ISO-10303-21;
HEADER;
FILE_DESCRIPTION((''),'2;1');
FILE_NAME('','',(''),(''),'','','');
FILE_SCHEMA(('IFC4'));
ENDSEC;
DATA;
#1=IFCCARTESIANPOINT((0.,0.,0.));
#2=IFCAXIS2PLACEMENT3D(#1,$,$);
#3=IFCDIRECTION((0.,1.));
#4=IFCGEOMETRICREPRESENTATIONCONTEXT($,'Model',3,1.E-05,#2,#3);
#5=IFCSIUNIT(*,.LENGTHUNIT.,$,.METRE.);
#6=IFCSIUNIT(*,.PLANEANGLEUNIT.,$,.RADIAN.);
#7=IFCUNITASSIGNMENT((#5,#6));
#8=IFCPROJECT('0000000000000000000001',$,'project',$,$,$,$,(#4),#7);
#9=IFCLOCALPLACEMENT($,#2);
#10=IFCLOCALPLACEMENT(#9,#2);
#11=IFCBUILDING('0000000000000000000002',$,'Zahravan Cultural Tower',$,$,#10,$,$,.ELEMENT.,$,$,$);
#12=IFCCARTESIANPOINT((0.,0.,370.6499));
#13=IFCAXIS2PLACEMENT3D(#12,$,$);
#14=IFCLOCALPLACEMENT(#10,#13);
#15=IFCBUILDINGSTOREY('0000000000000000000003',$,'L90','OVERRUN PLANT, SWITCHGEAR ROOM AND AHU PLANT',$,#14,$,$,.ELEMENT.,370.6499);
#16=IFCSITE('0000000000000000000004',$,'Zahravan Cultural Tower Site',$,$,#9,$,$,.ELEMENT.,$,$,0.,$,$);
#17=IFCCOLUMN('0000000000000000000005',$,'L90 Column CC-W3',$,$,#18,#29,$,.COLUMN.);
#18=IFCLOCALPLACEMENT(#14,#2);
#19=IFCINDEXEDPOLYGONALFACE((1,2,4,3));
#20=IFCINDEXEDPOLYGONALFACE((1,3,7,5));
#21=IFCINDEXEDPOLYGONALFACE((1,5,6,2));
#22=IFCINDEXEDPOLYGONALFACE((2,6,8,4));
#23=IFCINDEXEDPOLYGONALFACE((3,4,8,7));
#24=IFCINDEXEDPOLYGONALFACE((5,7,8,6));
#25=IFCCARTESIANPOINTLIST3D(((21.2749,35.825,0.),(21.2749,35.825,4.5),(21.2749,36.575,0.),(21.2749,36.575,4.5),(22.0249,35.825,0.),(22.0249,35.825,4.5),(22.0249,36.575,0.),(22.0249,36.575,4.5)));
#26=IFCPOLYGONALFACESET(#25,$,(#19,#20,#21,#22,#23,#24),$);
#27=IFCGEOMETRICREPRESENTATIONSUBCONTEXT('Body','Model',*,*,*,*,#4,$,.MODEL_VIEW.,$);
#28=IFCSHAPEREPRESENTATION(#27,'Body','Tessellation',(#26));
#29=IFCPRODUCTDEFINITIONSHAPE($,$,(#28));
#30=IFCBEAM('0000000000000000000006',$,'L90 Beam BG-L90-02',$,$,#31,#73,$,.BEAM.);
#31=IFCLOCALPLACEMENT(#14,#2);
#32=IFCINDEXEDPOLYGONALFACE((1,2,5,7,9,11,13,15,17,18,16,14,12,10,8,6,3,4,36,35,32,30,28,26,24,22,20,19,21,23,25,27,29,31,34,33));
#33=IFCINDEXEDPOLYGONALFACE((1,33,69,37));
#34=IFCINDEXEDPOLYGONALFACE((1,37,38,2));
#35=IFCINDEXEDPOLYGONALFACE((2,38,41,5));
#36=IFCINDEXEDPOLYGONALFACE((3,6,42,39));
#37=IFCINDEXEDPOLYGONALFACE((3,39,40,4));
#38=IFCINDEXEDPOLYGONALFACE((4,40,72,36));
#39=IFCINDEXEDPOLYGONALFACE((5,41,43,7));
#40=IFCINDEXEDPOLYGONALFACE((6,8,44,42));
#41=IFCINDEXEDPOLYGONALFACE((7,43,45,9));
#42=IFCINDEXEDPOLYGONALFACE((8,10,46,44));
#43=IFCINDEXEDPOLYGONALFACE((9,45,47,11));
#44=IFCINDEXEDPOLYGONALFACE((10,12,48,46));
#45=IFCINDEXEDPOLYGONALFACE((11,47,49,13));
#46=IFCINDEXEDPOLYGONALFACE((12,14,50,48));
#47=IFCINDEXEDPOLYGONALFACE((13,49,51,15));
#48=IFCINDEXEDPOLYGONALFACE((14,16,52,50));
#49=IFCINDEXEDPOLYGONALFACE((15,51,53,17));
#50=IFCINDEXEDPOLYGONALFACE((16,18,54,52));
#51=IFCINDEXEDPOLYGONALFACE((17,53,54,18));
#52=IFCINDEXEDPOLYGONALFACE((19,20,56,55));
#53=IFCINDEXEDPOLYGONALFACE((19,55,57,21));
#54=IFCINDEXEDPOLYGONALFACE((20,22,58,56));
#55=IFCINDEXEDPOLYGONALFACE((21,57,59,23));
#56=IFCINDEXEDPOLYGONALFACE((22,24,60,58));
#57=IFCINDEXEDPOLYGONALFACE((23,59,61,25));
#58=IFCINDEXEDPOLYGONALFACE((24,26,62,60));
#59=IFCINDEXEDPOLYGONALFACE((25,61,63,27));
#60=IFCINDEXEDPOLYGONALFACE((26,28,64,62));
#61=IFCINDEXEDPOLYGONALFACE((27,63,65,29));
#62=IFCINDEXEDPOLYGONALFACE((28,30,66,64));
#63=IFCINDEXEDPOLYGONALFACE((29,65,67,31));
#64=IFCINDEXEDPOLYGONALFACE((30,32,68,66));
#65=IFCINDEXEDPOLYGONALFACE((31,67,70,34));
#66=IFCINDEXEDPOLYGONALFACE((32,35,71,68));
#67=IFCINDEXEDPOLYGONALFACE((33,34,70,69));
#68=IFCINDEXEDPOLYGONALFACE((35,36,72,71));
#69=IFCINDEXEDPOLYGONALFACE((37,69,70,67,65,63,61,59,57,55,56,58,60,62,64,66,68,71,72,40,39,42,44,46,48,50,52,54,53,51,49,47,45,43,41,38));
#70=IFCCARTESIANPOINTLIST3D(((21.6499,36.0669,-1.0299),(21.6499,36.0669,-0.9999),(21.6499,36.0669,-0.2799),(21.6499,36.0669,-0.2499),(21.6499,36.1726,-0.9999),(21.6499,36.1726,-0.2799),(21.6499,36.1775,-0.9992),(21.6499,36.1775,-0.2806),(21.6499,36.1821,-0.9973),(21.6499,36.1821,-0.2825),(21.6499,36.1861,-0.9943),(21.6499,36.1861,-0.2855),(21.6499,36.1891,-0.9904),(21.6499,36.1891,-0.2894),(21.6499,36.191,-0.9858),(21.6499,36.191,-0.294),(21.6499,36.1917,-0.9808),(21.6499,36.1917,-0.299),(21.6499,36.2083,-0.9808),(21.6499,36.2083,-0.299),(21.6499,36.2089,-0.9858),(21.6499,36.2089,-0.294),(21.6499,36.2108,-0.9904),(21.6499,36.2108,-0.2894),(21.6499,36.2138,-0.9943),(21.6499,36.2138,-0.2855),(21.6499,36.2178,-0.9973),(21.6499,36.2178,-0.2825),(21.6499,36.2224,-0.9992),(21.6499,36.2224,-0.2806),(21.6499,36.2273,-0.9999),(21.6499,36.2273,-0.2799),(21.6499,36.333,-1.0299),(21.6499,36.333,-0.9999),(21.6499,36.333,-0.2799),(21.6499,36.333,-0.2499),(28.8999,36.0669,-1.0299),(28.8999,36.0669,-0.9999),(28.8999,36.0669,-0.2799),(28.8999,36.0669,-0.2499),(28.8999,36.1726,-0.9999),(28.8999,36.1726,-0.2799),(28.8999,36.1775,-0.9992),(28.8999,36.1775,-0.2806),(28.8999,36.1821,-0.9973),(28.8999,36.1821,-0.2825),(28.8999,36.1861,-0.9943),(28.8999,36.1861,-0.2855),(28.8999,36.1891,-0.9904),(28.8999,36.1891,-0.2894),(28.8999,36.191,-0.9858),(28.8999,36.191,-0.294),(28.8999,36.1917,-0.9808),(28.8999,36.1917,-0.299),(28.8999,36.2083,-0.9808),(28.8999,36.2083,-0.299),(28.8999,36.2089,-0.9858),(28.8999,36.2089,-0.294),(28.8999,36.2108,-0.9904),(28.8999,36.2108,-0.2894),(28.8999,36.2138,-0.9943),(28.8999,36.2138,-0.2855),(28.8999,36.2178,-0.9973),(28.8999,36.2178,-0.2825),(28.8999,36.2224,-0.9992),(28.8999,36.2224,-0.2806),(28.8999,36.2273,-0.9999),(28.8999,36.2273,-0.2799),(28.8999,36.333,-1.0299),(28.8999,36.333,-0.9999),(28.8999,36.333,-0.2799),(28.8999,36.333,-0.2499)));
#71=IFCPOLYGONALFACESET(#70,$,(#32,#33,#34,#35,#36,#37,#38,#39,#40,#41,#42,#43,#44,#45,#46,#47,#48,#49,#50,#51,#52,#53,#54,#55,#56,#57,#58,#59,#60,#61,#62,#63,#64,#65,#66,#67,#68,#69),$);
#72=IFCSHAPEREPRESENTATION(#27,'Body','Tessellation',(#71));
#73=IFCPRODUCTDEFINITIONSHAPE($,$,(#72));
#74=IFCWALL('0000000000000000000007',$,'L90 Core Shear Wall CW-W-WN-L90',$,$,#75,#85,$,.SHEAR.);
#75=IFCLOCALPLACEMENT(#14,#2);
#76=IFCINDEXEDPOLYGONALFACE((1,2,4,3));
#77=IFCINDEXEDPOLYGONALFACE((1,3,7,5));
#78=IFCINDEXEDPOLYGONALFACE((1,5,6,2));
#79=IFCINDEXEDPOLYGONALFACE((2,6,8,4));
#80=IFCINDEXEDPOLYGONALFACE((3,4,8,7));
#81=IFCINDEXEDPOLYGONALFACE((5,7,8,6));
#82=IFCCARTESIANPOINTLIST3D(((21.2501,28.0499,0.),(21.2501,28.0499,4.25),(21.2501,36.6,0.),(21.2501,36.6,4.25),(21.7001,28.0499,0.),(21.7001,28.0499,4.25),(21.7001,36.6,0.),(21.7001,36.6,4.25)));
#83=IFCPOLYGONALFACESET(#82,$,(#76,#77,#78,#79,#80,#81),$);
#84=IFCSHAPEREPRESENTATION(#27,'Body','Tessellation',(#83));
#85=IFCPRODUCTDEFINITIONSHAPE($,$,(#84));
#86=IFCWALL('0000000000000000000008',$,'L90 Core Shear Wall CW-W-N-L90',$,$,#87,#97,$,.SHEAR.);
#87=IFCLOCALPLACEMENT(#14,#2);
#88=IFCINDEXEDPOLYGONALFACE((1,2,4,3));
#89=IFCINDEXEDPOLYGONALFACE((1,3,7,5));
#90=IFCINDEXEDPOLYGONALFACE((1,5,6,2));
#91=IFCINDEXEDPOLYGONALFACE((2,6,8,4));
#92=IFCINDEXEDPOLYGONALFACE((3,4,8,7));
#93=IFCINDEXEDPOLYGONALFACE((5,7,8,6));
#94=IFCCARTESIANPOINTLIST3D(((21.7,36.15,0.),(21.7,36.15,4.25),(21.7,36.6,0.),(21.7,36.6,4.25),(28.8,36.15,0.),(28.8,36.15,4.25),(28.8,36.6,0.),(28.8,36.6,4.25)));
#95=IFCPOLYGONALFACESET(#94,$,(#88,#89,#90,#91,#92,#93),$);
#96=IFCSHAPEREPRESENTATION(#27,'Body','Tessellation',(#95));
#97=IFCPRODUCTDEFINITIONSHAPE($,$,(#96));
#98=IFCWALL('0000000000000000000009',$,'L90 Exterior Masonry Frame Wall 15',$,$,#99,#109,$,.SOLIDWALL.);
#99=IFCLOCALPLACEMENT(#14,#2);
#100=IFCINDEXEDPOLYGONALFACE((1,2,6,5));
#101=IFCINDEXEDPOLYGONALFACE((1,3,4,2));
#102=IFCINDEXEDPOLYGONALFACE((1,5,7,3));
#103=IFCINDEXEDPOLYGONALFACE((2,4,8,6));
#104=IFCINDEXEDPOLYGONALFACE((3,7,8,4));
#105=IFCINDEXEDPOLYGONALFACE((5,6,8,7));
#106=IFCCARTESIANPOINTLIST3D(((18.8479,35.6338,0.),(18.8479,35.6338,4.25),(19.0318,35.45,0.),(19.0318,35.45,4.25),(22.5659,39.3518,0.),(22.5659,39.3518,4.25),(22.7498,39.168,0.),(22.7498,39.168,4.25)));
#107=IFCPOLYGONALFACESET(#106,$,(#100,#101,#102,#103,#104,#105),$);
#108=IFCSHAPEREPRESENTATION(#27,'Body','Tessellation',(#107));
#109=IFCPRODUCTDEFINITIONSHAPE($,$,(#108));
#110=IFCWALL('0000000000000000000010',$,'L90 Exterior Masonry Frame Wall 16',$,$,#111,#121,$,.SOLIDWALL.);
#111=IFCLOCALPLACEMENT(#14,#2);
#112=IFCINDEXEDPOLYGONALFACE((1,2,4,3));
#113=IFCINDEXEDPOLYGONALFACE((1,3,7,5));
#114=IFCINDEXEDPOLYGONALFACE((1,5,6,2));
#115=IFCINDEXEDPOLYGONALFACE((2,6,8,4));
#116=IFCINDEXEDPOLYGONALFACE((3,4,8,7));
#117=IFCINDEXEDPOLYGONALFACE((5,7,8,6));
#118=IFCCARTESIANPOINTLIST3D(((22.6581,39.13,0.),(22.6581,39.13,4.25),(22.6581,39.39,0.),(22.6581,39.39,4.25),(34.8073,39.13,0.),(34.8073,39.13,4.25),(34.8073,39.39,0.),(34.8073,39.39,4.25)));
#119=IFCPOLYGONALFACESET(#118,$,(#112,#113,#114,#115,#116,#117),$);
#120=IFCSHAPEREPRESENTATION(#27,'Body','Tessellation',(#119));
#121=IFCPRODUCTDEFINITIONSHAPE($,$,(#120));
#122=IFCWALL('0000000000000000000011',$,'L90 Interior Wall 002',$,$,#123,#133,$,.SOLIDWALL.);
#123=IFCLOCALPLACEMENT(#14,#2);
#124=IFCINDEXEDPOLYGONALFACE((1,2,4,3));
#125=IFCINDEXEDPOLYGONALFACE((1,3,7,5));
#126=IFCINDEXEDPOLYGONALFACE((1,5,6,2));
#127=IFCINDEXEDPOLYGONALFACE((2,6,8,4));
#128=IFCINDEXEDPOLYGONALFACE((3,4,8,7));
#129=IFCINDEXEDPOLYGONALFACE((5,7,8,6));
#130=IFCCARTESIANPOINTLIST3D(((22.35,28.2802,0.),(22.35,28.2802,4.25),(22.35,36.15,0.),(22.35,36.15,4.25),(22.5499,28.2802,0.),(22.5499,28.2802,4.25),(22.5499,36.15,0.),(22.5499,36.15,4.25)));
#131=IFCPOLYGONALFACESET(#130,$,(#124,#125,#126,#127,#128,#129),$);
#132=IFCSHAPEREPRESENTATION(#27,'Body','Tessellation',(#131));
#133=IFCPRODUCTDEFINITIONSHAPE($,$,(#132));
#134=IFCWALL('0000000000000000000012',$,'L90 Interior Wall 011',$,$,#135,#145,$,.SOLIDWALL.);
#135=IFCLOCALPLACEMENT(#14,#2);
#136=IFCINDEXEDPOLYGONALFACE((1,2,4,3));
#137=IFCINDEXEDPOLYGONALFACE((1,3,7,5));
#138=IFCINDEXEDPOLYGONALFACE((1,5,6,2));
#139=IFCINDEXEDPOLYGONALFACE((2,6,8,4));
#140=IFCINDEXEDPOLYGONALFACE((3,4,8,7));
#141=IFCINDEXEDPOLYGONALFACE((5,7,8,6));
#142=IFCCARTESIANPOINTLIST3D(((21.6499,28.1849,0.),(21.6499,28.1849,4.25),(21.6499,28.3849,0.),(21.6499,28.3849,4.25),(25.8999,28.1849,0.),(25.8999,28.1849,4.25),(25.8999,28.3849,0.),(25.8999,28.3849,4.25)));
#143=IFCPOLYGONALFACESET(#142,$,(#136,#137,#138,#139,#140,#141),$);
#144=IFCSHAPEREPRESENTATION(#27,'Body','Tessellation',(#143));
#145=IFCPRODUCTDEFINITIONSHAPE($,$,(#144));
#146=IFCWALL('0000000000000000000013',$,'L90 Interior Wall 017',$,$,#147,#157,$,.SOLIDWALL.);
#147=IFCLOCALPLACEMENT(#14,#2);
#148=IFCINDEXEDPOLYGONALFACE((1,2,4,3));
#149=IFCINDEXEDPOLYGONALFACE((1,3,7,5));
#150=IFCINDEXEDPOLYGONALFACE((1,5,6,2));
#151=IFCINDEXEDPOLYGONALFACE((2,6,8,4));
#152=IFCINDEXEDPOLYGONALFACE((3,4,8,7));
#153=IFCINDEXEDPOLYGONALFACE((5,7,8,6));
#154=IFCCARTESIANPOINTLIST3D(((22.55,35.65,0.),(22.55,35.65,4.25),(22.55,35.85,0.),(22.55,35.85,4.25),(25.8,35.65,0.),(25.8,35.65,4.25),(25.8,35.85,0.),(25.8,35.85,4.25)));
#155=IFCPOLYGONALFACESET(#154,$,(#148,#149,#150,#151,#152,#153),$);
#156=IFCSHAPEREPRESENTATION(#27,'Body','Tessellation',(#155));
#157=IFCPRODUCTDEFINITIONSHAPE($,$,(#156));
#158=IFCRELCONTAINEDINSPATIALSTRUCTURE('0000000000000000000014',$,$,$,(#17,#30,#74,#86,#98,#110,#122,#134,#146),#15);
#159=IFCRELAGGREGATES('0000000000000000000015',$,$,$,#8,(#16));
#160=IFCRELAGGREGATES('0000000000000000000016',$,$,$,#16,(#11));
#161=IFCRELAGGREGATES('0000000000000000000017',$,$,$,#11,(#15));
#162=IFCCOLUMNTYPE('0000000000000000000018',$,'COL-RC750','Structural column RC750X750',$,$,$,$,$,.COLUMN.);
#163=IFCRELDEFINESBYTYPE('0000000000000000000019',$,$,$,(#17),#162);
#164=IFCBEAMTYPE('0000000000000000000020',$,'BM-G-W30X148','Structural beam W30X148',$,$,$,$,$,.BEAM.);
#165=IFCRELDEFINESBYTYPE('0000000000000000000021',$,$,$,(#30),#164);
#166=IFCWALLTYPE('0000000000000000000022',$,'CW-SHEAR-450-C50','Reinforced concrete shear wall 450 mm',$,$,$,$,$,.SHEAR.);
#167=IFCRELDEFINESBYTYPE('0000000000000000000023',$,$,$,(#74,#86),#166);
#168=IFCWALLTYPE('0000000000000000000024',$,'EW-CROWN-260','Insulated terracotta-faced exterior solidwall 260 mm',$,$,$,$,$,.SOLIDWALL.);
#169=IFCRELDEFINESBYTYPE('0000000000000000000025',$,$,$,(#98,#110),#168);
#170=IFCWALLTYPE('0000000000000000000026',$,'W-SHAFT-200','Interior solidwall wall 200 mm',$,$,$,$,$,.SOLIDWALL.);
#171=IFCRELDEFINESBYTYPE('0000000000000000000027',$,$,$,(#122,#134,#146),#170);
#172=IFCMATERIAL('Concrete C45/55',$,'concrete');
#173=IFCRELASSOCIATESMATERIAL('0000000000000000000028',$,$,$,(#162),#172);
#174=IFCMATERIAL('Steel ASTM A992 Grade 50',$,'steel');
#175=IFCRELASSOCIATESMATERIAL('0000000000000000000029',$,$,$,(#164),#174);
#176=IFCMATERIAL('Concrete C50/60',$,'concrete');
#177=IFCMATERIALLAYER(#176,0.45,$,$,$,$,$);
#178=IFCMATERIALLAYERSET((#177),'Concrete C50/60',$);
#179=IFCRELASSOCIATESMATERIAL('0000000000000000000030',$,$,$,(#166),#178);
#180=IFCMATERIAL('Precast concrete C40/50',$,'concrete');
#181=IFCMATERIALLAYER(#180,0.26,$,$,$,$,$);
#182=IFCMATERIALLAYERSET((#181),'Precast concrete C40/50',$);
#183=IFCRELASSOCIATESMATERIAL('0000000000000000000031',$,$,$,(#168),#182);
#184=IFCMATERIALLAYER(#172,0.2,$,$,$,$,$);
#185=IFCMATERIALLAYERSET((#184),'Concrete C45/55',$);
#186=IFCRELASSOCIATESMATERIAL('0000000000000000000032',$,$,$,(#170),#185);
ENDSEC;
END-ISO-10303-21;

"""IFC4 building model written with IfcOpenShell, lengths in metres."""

from ifc_helpers import new_model, si_unit, direction, frame, frame_2d, origin, origin_2d, place, context, subcontext, project, spatial, rectangle, i_section, extrude, source, transform, mapped, material, layer, layer_set, material_profile, profile_set, type_object, element, save


model = new_model("IFC4")

# Units and contexts
model_context = context("Model", 3, precision=1e-05, world=origin(), true_north=direction((0.0, 1.0)))
body_context = subcontext(model_context, "Body", "Model", "MODEL_VIEW")
ifc_project = project(units=[si_unit("LENGTHUNIT", "METRE"), si_unit("PLANEANGLEUNIT", "RADIAN")], contexts=[model_context])

# Site, building, storey
site_placement = place(None, origin())
site = spatial("IfcSite", under=ifc_project, at=site_placement, Name="Zahravan Cultural Tower Site", CompositionType="ELEMENT", RefElevation=0.0)
building_placement = place(site_placement, origin())
building = spatial("IfcBuilding", under=site, at=building_placement, Name="Zahravan Cultural Tower", CompositionType="ELEMENT")
storey_placement = place(building_placement, frame((0.0, 0.0, 370.6499)))
storey = spatial("IfcBuildingStorey", under=building, at=storey_placement, Name="L90", Description="OVERRUN PLANT, SWITCHGEAR ROOM AND AHU PLANT", CompositionType="ELEMENT", Elevation=370.6499)

# Column
ifc_material_1 = material(Name="Concrete C45/55", Category="concrete")
ifc_material_profile_1 = material_profile(ifc_material_1, rectangle(XDim=0.75, YDim=0.75, at=origin_2d()), Name="RC750X750")
ifc_profile_set_1 = profile_set([ifc_material_profile_1], Name="Concrete C45/55")
column_type = type_object("IfcColumnType", Name="COL-RC750", Description="Structural column RC750X750", PredefinedType="COLUMN", material=ifc_profile_set_1)
shared_shape_1 = source(origin(), body_context, "Body", "SweptSolid", [
    extrude(rectangle(XDim=0.75, YDim=0.75, at=origin_2d()), origin(), (0.0, 0.0, 1.0), 4.5),
])
column_placement = place(storey_placement, frame((21.6499, 36.2, 0.0), z_axis=(0.0, 0.0, 1.0), x_axis=(1.0, 0.0, 0.0)))
element("IfcColumn", 1, at=column_placement, inside=storey, type_object=column_type, Name="L90 Column CC-W3", PredefinedType="COLUMN", context=body_context, shape_type="MappedRepresentation", body=[
    mapped(shared_shape_1, transform((0.0, 0.0, 0.0), x_axis=(1.0, 0.0, 0.0), y_axis=(0.0, 1.0, 0.0), z_axis=(0.0, 0.0, 1.0), scale=1.0)),
])

# Beam
ifc_material_2 = material(Name="Steel ASTM A992 Grade 50", Category="steel")
ifc_material_profile_2 = material_profile(ifc_material_2, i_section(OverallWidth=0.2661, OverallDepth=0.78, WebThickness=0.0166, FlangeThickness=0.03, FilletRadius=0.019, at=origin_2d()), Name="W30X148")
ifc_profile_set_2 = profile_set([ifc_material_profile_2], Name="Steel ASTM A992 Grade 50")
beam_type = type_object("IfcBeamType", Name="BM-G-W30X148", Description="Structural beam W30X148", PredefinedType="BEAM", material=ifc_profile_set_2)
shared_shape_2 = source(origin(), body_context, "Body", "SweptSolid", [
    extrude(i_section(OverallWidth=0.2661, OverallDepth=0.78, WebThickness=0.0166, FlangeThickness=0.03, FilletRadius=0.019, at=origin_2d()), origin(), (0.0, 0.0, 1.0), 7.25),
])
beam_placement = place(storey_placement, frame((21.6499, 36.2, -0.6399), z_axis=(1.0, 0.0, 0.0), x_axis=(0.0, 1.0, 0.0)))
element("IfcBeam", 2, at=beam_placement, inside=storey, type_object=beam_type, Name="L90 Beam BG-L90-02", PredefinedType="BEAM", context=body_context, shape_type="MappedRepresentation", body=[
    mapped(shared_shape_2, transform((0.0, 0.0, 0.0), x_axis=(1.0, 0.0, 0.0), y_axis=(0.0, 1.0, 0.0), z_axis=(0.0, 0.0, 1.0), scale=1.0)),
])

# Walls
ifc_material_3 = material(Name="Concrete C50/60", Category="concrete")
ifc_layer_1 = layer(ifc_material_3, 0.45)
ifc_layer_set_1 = layer_set([ifc_layer_1], Name="Concrete C50/60")
wall_type_1 = type_object("IfcWallType", Name="CW-SHEAR-450-C50", Description="Reinforced concrete shear wall 450 mm", PredefinedType="SHEAR", material=ifc_layer_set_1)
shared_shape_3 = source(origin(), body_context, "Body", "SweptSolid", [
    extrude(rectangle(XDim=8.55, YDim=0.45, at=frame_2d((4.2749, 0.0))), origin(), (0.0, 0.0, 1.0), 4.25),
])
wall_1_placement = place(storey_placement, frame((21.4751, 28.05, 0.0), z_axis=(0.0, 0.0, 1.0), x_axis=(0.0, 1.0, 0.0)))
element("IfcWall", 3, at=wall_1_placement, inside=storey, type_object=wall_type_1, Name="L90 Core Shear Wall CW-W-WN-L90", PredefinedType="SHEAR", context=body_context, shape_type="MappedRepresentation", body=[
    mapped(shared_shape_3, transform((0.0, 0.0, 0.0), x_axis=(1.0, 0.0, 0.0), y_axis=(0.0, 1.0, 0.0), z_axis=(0.0, 0.0, 1.0), scale=1.0)),
])
shared_shape_4 = source(origin(), body_context, "Body", "SweptSolid", [
    extrude(rectangle(XDim=7.1001, YDim=0.45, at=frame_2d((3.55, 0.0))), origin(), (0.0, 0.0, 1.0), 4.25),
])
wall_2_placement = place(storey_placement, frame((21.7, 36.375, 0.0), z_axis=(0.0, 0.0, 1.0), x_axis=(1.0, 0.0, 0.0)))
element("IfcWall", 4, at=wall_2_placement, inside=storey, type_object=wall_type_1, Name="L90 Core Shear Wall CW-W-N-L90", PredefinedType="SHEAR", context=body_context, shape_type="MappedRepresentation", body=[
    mapped(shared_shape_4, transform((0.0, 0.0, 0.0), x_axis=(1.0, 0.0, 0.0), y_axis=(0.0, 1.0, 0.0), z_axis=(0.0, 0.0, 1.0), scale=1.0)),
])
ifc_material_4 = material(Name="Precast concrete C40/50", Category="concrete")
ifc_layer_2 = layer(ifc_material_4, 0.26)
ifc_layer_set_2 = layer_set([ifc_layer_2], Name="Precast concrete C40/50")
wall_type_2 = type_object("IfcWallType", Name="EW-CROWN-260", Description="Insulated terracotta-faced exterior solidwall 260 mm", PredefinedType="SOLIDWALL", material=ifc_layer_set_2)
shared_shape_5 = source(origin(), body_context, "Body", "SweptSolid", [
    extrude(rectangle(XDim=5.2581, YDim=0.26, at=frame_2d((2.6289, 0.0))), origin(), (0.0, 0.0, 1.0), 4.25),
])
wall_3_placement = place(storey_placement, frame((18.9399, 35.542, 0.0), z_axis=(0.0, 0.0, 1.0), x_axis=(0.707107, 0.707107, 0.0)))
element("IfcWall", 5, at=wall_3_placement, inside=storey, type_object=wall_type_2, Name="L90 Exterior Masonry Frame Wall 15", PredefinedType="SOLIDWALL", context=body_context, shape_type="MappedRepresentation", body=[
    mapped(shared_shape_5, transform((0.0, 0.0, 0.0), x_axis=(1.0, 0.0, 0.0), y_axis=(0.0, 1.0, 0.0), z_axis=(0.0, 0.0, 1.0), scale=1.0)),
])
shared_shape_6 = source(origin(), body_context, "Body", "SweptSolid", [
    extrude(rectangle(XDim=12.1492, YDim=0.26, at=frame_2d((6.0747, 0.0))), origin(), (0.0, 0.0, 1.0), 4.25),
])
wall_4_placement = place(storey_placement, frame((22.658, 39.26, 0.0), z_axis=(0.0, 0.0, 1.0), x_axis=(1.0, 0.0, 0.0)))
element("IfcWall", 6, at=wall_4_placement, inside=storey, type_object=wall_type_2, Name="L90 Exterior Masonry Frame Wall 16", PredefinedType="SOLIDWALL", context=body_context, shape_type="MappedRepresentation", body=[
    mapped(shared_shape_6, transform((0.0, 0.0, 0.0), x_axis=(1.0, 0.0, 0.0), y_axis=(0.0, 1.0, 0.0), z_axis=(0.0, 0.0, 1.0), scale=1.0)),
])
ifc_layer_3 = layer(ifc_material_1, 0.2)
ifc_layer_set_3 = layer_set([ifc_layer_3], Name="Concrete C45/55")
wall_type_3 = type_object("IfcWallType", Name="W-SHAFT-200", Description="Interior solidwall wall 200 mm", PredefinedType="SOLIDWALL", material=ifc_layer_set_3)
shared_shape_7 = source(origin(), body_context, "Body", "SweptSolid", [
    extrude(rectangle(XDim=7.8699, YDim=0.2, at=frame_2d((3.9351, 0.0))), origin(), (0.0, 0.0, 1.0), 4.25),
])
wall_5_placement = place(storey_placement, frame((22.45, 28.28, 0.0), z_axis=(0.0, 0.0, 1.0), x_axis=(0.0, 1.0, 0.0)))
element("IfcWall", 7, at=wall_5_placement, inside=storey, type_object=wall_type_3, Name="L90 Interior Wall 002", PredefinedType="SOLIDWALL", context=body_context, shape_type="MappedRepresentation", body=[
    mapped(shared_shape_7, transform((0.0, 0.0, 0.0), x_axis=(1.0, 0.0, 0.0), y_axis=(0.0, 1.0, 0.0), z_axis=(0.0, 0.0, 1.0), scale=1.0)),
])
shared_shape_8 = source(origin(), body_context, "Body", "SweptSolid", [
    extrude(rectangle(XDim=4.25, YDim=0.2, at=frame_2d((2.125, 0.0))), origin(), (0.0, 0.0, 1.0), 4.25),
])
wall_6_placement = place(storey_placement, frame((21.6499, 28.2849, 0.0), z_axis=(0.0, 0.0, 1.0), x_axis=(1.0, 0.0, 0.0)))
element("IfcWall", 8, at=wall_6_placement, inside=storey, type_object=wall_type_3, Name="L90 Interior Wall 011", PredefinedType="SOLIDWALL", context=body_context, shape_type="MappedRepresentation", body=[
    mapped(shared_shape_8, transform((0.0, 0.0, 0.0), x_axis=(1.0, 0.0, 0.0), y_axis=(0.0, 1.0, 0.0), z_axis=(0.0, 0.0, 1.0), scale=1.0)),
])
shared_shape_9 = source(origin(), body_context, "Body", "SweptSolid", [
    extrude(rectangle(XDim=3.25, YDim=0.2, at=frame_2d((1.625, 0.0))), origin(), (0.0, 0.0, 1.0), 4.25),
])
wall_7_placement = place(storey_placement, frame((22.55, 35.75, 0.0), z_axis=(0.0, 0.0, 1.0), x_axis=(1.0, 0.0, 0.0)))
element("IfcWall", 9, at=wall_7_placement, inside=storey, type_object=wall_type_3, Name="L90 Interior Wall 017", PredefinedType="SOLIDWALL", context=body_context, shape_type="MappedRepresentation", body=[
    mapped(shared_shape_9, transform((0.0, 0.0, 0.0), x_axis=(1.0, 0.0, 0.0), y_axis=(0.0, 1.0, 0.0), z_axis=(0.0, 0.0, 1.0), scale=1.0)),
])

save(model, "model.ifc")
